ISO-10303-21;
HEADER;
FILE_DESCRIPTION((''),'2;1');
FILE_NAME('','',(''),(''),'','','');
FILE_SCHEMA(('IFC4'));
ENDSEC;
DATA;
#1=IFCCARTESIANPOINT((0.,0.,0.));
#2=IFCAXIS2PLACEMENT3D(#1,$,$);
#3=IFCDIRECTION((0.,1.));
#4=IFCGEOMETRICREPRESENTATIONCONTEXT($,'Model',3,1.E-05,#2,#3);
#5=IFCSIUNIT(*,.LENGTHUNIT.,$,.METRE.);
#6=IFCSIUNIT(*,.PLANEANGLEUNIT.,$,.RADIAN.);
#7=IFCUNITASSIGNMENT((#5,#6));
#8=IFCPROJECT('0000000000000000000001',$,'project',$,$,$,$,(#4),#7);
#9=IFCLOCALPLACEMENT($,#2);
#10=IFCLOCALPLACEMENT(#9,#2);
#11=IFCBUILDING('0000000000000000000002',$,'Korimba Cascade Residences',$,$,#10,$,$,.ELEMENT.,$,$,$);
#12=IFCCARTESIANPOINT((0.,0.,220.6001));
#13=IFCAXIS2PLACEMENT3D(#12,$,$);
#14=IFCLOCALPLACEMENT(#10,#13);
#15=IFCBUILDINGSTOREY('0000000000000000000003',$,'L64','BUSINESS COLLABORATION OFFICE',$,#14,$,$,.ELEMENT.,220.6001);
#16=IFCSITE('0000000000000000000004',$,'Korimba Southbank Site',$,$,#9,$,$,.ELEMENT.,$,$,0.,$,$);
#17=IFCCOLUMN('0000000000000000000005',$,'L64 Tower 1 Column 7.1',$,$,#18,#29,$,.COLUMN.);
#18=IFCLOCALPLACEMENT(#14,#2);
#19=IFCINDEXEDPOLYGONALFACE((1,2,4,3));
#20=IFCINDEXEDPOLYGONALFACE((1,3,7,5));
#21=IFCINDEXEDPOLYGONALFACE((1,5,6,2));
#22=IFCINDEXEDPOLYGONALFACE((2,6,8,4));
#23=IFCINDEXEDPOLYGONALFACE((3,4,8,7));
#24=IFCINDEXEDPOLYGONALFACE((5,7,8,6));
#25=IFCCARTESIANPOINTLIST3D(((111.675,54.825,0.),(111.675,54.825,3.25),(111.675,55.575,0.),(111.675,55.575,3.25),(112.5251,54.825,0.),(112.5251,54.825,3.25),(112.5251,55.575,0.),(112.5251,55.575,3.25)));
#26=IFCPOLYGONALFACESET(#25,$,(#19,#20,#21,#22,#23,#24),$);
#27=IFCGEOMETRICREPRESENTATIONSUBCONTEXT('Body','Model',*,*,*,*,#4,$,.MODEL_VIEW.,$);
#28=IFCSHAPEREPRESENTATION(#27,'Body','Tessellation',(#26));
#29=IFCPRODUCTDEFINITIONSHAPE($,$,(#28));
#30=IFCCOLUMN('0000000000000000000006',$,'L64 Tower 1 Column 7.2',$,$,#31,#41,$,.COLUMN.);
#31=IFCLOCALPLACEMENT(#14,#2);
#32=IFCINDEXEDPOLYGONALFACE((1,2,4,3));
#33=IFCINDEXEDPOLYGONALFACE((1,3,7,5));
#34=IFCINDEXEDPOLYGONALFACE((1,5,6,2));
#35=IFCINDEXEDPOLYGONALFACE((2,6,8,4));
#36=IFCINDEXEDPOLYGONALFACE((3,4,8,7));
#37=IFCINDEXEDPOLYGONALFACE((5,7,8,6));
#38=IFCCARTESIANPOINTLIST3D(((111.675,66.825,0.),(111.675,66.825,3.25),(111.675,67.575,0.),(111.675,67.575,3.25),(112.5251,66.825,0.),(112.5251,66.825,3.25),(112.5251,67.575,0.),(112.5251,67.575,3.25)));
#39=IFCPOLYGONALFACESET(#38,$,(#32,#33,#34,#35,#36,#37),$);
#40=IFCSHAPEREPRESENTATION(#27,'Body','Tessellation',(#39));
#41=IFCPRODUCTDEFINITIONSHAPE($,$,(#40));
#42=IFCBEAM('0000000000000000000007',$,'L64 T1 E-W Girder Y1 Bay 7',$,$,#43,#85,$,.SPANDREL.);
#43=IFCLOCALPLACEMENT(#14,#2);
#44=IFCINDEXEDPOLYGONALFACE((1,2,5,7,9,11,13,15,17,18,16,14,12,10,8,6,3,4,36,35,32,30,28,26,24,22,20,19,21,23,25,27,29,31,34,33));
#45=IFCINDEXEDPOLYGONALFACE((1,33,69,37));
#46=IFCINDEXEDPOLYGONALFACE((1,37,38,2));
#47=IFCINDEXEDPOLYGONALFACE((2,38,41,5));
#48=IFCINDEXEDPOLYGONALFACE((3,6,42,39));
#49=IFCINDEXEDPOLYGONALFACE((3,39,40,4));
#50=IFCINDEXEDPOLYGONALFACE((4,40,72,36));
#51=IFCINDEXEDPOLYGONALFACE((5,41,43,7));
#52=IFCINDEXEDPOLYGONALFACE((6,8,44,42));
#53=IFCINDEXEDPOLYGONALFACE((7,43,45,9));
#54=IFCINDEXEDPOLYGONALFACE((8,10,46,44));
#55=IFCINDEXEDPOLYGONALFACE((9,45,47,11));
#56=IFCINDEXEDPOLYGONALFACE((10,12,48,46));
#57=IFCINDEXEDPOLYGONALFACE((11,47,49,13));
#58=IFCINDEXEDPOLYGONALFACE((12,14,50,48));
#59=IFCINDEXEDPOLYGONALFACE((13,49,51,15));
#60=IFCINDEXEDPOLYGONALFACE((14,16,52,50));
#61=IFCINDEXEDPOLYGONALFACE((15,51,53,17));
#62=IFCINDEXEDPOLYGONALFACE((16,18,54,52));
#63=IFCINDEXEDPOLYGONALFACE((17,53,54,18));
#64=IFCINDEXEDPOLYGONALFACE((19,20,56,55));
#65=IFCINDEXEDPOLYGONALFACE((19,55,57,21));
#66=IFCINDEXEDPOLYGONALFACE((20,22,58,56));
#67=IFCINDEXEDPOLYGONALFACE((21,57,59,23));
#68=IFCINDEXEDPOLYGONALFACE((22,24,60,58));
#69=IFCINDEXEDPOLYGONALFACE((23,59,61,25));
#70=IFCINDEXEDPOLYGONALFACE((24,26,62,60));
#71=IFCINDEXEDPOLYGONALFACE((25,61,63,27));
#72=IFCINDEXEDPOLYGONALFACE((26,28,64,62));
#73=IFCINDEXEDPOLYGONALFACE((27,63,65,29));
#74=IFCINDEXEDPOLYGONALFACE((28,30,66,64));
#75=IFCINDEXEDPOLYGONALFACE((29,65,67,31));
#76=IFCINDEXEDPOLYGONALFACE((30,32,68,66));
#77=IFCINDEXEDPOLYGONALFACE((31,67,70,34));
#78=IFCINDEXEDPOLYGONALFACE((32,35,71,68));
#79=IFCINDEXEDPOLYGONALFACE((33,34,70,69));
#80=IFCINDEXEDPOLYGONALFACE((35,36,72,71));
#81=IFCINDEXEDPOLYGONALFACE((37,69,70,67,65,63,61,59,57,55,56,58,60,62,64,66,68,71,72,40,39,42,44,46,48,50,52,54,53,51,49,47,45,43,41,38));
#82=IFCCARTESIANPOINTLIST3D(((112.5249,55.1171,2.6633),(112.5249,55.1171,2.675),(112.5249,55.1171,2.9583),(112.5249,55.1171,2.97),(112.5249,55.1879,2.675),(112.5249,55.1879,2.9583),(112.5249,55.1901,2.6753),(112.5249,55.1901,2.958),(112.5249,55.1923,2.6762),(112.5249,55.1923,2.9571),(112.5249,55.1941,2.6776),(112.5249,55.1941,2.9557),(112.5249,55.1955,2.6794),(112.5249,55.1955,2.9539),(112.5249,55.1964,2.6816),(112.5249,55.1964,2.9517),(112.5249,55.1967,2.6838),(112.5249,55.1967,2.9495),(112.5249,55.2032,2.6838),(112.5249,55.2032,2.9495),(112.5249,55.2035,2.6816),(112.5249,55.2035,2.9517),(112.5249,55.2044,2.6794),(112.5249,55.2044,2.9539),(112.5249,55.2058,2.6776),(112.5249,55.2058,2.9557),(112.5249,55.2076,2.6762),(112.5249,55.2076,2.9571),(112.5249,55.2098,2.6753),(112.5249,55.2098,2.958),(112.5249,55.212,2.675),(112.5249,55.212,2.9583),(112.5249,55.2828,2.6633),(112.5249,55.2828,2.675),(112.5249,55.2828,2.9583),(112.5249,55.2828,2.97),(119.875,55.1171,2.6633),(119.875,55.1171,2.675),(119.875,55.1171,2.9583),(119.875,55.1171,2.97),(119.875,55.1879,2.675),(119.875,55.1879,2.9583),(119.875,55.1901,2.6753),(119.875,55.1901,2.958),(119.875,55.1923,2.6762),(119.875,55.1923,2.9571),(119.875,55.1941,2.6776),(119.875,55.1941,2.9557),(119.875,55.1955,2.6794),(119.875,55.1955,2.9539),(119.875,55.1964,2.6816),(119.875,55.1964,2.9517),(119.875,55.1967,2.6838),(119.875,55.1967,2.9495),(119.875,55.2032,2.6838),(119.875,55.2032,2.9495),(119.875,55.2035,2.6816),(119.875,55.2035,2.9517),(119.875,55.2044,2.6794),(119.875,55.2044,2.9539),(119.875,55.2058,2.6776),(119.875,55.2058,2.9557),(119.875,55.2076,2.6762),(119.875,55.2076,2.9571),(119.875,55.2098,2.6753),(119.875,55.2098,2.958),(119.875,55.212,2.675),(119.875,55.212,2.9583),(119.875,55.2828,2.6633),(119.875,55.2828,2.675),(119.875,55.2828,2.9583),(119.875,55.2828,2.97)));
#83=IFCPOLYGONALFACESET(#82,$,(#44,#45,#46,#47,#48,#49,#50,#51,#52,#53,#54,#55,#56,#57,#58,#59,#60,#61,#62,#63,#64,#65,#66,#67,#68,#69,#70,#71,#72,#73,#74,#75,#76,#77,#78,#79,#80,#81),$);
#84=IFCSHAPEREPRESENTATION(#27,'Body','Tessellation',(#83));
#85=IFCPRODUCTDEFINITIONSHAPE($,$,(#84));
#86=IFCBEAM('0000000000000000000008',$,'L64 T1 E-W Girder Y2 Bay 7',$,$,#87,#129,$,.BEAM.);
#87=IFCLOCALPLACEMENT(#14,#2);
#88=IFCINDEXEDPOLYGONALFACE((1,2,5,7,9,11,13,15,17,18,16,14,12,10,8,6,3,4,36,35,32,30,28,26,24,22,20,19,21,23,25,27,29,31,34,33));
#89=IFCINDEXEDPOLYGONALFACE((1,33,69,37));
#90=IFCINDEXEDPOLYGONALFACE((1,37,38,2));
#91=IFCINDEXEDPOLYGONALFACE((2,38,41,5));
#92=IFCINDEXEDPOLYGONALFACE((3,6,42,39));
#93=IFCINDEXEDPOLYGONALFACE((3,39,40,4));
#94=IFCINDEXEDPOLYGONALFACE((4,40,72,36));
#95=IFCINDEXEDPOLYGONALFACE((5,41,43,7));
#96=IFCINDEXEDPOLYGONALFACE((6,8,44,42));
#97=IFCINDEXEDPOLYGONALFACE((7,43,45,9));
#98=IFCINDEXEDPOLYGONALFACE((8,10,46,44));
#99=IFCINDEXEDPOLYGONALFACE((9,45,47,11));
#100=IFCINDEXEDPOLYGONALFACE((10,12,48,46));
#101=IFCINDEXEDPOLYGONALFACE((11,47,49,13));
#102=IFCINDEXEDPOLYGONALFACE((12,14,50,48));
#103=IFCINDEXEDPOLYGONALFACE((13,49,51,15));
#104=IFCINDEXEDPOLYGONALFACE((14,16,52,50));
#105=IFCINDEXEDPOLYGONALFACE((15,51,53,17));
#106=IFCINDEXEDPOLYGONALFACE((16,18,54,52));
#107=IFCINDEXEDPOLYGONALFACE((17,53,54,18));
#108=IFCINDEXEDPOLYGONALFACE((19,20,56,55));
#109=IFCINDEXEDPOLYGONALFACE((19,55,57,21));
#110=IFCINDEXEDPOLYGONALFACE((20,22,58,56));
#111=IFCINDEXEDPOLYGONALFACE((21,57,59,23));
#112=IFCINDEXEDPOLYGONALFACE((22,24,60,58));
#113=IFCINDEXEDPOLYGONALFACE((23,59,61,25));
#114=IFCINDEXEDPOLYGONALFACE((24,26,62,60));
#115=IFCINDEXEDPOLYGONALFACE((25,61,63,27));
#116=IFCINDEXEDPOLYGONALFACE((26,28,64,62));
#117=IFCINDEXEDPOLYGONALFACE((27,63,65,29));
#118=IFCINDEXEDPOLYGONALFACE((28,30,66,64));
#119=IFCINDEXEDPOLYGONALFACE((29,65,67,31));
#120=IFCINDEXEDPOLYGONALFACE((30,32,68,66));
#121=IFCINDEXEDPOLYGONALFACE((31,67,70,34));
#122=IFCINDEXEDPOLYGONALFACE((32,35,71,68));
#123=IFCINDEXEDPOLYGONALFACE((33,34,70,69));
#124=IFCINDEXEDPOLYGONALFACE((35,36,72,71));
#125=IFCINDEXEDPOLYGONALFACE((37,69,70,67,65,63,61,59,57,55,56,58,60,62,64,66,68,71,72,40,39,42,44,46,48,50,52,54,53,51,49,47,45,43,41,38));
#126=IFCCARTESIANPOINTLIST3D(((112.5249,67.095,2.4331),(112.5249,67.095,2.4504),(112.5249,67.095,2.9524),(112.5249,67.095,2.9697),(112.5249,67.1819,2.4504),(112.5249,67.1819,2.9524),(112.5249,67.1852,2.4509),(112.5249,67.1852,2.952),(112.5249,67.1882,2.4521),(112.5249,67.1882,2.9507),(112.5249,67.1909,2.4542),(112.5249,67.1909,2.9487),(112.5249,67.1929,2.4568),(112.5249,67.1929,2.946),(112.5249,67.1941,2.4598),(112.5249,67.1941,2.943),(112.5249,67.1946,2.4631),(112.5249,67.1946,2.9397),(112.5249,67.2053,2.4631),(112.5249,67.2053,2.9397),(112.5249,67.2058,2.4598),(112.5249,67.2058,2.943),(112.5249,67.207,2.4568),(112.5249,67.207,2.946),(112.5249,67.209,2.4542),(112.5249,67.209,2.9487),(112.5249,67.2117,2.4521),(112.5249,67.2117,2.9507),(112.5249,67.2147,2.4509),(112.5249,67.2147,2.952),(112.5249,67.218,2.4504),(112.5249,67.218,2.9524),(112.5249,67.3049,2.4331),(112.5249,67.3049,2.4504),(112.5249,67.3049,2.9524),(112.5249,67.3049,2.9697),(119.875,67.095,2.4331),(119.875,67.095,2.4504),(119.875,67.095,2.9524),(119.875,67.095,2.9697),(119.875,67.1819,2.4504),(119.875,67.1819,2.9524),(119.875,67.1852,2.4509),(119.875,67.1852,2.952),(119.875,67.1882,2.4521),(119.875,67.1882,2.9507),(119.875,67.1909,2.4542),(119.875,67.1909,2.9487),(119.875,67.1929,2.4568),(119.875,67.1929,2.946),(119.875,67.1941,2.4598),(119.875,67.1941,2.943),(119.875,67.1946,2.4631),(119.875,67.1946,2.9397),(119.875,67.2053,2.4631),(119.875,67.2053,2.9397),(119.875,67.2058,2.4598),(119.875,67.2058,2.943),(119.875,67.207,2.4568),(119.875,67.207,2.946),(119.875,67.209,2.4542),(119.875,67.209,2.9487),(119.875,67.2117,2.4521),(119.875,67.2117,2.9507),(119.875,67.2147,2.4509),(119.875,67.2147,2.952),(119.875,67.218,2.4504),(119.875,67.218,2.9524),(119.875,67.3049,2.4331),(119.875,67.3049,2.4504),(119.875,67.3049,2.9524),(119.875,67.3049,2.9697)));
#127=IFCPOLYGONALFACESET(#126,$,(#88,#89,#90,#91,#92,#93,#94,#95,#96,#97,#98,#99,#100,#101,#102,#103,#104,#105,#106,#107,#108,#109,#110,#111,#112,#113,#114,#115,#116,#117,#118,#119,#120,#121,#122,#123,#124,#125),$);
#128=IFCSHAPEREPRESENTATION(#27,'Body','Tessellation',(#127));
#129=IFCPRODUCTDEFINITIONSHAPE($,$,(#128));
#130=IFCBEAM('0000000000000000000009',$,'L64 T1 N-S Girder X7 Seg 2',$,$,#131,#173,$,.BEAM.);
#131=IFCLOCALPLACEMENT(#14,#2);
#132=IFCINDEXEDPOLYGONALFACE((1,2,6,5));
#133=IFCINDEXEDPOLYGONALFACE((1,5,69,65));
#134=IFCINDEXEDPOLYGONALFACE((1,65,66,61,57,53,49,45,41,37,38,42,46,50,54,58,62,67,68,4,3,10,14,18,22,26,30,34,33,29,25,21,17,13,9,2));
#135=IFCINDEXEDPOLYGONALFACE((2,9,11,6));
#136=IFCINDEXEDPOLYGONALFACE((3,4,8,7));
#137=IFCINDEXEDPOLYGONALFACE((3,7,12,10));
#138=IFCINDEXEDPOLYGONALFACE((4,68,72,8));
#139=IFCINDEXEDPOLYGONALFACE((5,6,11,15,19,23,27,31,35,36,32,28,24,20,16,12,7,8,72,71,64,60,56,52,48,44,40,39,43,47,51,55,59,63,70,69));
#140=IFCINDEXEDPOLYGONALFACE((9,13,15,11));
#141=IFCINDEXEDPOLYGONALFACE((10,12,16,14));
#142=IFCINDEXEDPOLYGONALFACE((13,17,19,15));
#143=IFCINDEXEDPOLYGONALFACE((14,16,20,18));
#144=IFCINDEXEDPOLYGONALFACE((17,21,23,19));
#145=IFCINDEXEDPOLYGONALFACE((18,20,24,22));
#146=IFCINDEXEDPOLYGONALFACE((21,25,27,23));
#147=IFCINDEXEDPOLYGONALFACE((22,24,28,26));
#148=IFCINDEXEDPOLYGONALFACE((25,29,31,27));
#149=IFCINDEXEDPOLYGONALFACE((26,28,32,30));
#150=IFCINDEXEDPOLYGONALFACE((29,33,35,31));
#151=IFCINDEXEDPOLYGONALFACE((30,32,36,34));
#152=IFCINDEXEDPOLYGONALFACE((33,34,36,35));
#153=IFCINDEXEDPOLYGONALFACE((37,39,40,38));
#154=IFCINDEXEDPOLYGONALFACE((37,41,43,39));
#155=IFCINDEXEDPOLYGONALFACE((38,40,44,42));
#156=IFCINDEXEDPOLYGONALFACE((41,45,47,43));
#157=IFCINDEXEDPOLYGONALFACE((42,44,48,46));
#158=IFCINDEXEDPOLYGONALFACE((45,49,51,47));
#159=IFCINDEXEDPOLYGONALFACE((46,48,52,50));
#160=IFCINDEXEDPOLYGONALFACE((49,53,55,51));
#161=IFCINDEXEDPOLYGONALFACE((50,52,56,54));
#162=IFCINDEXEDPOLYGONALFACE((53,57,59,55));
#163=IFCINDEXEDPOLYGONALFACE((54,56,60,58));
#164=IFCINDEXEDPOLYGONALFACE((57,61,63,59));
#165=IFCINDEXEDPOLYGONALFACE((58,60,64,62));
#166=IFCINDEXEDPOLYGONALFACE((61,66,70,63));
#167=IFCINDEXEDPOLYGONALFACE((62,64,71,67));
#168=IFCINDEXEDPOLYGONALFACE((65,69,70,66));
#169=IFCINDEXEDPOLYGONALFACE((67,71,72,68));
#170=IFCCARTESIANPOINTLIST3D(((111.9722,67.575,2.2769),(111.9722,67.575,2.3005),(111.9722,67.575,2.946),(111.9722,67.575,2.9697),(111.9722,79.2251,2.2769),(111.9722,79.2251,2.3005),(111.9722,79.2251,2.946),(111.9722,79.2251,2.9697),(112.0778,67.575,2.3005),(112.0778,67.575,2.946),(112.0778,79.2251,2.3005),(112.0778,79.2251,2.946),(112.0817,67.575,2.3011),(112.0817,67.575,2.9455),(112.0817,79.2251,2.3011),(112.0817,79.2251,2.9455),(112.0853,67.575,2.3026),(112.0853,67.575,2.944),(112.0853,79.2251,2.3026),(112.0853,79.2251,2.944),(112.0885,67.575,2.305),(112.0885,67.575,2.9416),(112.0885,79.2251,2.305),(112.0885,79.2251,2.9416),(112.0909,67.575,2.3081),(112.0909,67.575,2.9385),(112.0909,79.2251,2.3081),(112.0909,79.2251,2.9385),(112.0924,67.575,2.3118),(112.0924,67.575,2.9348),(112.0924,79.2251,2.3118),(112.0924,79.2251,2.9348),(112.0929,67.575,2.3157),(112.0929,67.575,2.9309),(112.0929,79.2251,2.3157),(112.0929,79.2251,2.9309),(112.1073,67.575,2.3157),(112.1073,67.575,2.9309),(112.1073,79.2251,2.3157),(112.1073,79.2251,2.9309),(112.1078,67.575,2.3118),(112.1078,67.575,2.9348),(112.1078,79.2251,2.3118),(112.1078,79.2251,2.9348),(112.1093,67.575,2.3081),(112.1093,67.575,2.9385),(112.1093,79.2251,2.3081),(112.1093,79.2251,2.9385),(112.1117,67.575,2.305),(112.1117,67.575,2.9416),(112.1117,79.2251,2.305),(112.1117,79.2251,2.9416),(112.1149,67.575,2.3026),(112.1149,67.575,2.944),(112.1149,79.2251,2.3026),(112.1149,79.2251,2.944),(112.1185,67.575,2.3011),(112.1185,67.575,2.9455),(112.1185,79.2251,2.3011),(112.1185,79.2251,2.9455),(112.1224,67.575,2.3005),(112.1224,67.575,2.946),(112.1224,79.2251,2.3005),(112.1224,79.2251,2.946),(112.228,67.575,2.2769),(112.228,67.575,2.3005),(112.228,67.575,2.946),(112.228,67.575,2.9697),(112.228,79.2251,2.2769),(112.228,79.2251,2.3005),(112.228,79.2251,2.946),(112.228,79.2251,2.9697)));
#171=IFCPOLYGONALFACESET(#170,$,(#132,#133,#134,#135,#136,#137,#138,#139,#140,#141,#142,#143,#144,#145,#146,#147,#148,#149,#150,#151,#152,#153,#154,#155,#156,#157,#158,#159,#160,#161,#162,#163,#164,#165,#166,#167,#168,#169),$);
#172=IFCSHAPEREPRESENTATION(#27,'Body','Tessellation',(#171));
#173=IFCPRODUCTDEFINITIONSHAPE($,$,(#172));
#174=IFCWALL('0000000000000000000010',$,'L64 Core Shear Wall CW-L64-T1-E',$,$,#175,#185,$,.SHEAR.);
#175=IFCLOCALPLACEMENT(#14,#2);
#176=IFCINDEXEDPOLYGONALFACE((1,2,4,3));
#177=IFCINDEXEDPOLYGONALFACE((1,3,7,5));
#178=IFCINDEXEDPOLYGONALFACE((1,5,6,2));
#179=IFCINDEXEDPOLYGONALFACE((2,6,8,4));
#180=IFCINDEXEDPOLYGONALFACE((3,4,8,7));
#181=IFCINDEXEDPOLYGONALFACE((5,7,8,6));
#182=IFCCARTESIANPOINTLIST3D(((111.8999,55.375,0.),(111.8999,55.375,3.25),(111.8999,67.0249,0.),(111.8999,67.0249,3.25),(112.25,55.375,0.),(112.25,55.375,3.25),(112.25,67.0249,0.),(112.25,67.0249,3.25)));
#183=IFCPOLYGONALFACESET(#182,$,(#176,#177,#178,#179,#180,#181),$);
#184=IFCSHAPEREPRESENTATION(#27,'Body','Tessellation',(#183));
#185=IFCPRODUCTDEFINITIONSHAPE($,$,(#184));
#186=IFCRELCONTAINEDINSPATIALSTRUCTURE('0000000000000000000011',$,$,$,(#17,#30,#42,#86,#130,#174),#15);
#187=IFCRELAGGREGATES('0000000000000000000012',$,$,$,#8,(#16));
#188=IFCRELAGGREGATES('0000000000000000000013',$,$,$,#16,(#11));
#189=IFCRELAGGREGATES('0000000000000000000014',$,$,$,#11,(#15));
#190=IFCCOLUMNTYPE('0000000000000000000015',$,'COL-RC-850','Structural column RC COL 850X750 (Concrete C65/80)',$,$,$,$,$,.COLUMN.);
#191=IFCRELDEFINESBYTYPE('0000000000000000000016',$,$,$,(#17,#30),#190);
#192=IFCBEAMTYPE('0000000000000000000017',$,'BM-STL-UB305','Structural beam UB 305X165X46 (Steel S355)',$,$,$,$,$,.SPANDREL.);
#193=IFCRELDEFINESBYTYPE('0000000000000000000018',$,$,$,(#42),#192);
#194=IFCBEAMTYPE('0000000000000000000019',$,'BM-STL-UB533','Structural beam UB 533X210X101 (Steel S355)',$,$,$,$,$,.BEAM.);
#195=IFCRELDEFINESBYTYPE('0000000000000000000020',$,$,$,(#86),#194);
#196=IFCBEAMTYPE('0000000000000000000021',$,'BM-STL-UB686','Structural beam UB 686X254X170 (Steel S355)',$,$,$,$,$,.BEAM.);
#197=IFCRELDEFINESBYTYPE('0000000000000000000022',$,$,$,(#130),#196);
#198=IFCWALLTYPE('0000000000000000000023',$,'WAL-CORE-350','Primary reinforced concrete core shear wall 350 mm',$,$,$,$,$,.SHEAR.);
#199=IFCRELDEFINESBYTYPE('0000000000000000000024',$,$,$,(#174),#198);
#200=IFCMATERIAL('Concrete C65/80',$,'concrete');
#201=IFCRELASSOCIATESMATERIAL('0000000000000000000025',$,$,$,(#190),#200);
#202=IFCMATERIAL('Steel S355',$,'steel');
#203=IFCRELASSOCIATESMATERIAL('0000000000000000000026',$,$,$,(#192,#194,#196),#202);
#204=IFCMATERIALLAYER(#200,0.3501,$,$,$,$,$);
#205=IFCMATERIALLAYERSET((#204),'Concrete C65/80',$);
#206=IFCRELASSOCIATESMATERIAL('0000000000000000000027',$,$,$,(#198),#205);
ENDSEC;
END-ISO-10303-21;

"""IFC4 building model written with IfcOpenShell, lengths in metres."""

from ifc_helpers import new_model, si_unit, direction, frame, frame_2d, origin, origin_2d, place, context, subcontext, project, spatial, rectangle, i_section, extrude, material, layer, layer_set, material_profile, profile_set, type_object, element, save


model = new_model("IFC4")

# Units and contexts
model_context = context("Model", 3, precision=1e-05, world=origin(), true_north=direction((0.0, 1.0)))
body_context = subcontext(model_context, "Body", "Model", "MODEL_VIEW")
ifc_project = project(units=[si_unit("LENGTHUNIT", "METRE"), si_unit("PLANEANGLEUNIT", "RADIAN")], contexts=[model_context])

# Site, building, storey
site_placement = place(None, origin())
site = spatial("IfcSite", under=ifc_project, at=site_placement, Name="Korimba Southbank Site", CompositionType="ELEMENT", RefElevation=0.0)
building_placement = place(site_placement, origin())
building = spatial("IfcBuilding", under=site, at=building_placement, Name="Korimba Cascade Residences", CompositionType="ELEMENT")
storey_placement = place(building_placement, frame((0.0, 0.0, 220.6001)))
storey = spatial("IfcBuildingStorey", under=building, at=storey_placement, Name="L64", Description="BUSINESS COLLABORATION OFFICE", CompositionType="ELEMENT", Elevation=220.6001)

# Columns
ifc_material_1 = material(Name="Concrete C65/80", Category="concrete")
ifc_material_profile_1 = material_profile(ifc_material_1, rectangle(XDim=0.8501, YDim=0.75, at=origin_2d()), Name="Concrete C65/80")
ifc_profile_set_1 = profile_set([ifc_material_profile_1], Name="Concrete C65/80")
column_type = type_object("IfcColumnType", Name="COL-RC-850", Description="Structural column RC COL 850X750 (Concrete C65/80)", PredefinedType="COLUMN", material=ifc_profile_set_1)
for number, where, z_axis, x_axis, name in (
    (1, (112.1001, 55.2, 0.0), (0.0, 0.0, 1.0), (1.0, 0.0, 0.0), "L64 Tower 1 Column 7.1"),
    (2, (112.1001, 67.2, 0.0), (0.0, 0.0, 1.0), (1.0, 0.0, 0.0), "L64 Tower 1 Column 7.2"),
):
    element("IfcColumn", number, at=place(storey_placement, frame(where, z_axis=z_axis, x_axis=x_axis)), inside=storey, type_object=column_type, Name=name, PredefinedType="COLUMN", context=body_context, shape_type="SweptSolid", body=[
        extrude(rectangle(XDim=0.8501, YDim=0.75, at=origin_2d()), origin(), (0.0, 0.0, 1.0), 3.25),
    ])

# Beams
ifc_material_2 = material(Name="Steel S355", Category="steel")
ifc_material_profile_2 = material_profile(ifc_material_2, i_section(OverallWidth=0.1658, OverallDepth=0.3066, WebThickness=0.0066, FlangeThickness=0.0117, FilletRadius=0.0088, at=origin_2d()), Name="Steel S355")
ifc_profile_set_2 = profile_set([ifc_material_profile_2], Name="Steel S355")
beam_type_1 = type_object("IfcBeamType", Name="BM-STL-UB305", Description="Structural beam UB 305X165X46 (Steel S355)", PredefinedType="SPANDREL", material=ifc_profile_set_2)
beam_1_placement = place(storey_placement, frame((112.5249, 55.2, 2.8167), z_axis=(1.0, 0.0, 0.0), x_axis=(0.0, 1.0, 0.0)))
element("IfcBeam", 3, at=beam_1_placement, inside=storey, type_object=beam_type_1, Name="L64 T1 E-W Girder Y1 Bay 7", PredefinedType="SPANDREL", context=body_context, shape_type="SweptSolid", body=[
    extrude(i_section(OverallWidth=0.1658, OverallDepth=0.3066, WebThickness=0.0066, FlangeThickness=0.0117, FilletRadius=0.0088, at=origin_2d()), origin(), (0.0, 0.0, 1.0), 7.3501),
])
ifc_material_profile_3 = material_profile(ifc_material_2, i_section(OverallWidth=0.21, OverallDepth=0.5366, WebThickness=0.0107, FlangeThickness=0.0173, FilletRadius=0.0127, at=origin_2d()), Name="Steel S355")
ifc_profile_set_3 = profile_set([ifc_material_profile_3], Name="Steel S355")
beam_type_2 = type_object("IfcBeamType", Name="BM-STL-UB533", Description="Structural beam UB 533X210X101 (Steel S355)", PredefinedType="BEAM", material=ifc_profile_set_3)
beam_2_placement = place(storey_placement, frame((112.5249, 67.2, 2.7014), z_axis=(1.0, 0.0, 0.0), x_axis=(0.0, 1.0, 0.0)))
element("IfcBeam", 4, at=beam_2_placement, inside=storey, type_object=beam_type_2, Name="L64 T1 E-W Girder Y2 Bay 7", PredefinedType="BEAM", context=body_context, shape_type="SweptSolid", body=[
    extrude(i_section(OverallWidth=0.21, OverallDepth=0.5366, WebThickness=0.0107, FlangeThickness=0.0173, FilletRadius=0.0127, at=origin_2d()), origin(), (0.0, 0.0, 1.0), 7.3501),
])
ifc_material_profile_4 = material_profile(ifc_material_2, i_section(OverallWidth=0.2559, OverallDepth=0.6929, WebThickness=0.0144, FlangeThickness=0.0237, FilletRadius=0.0151, at=origin_2d()), Name="Steel S355")
ifc_profile_set_4 = profile_set([ifc_material_profile_4], Name="Steel S355")
beam_type_3 = type_object("IfcBeamType", Name="BM-STL-UB686", Description="Structural beam UB 686X254X170 (Steel S355)", PredefinedType="BEAM", material=ifc_profile_set_4)
beam_3_placement = place(storey_placement, frame((112.1001, 67.575, 2.6233), z_axis=(0.0, 1.0, 0.0), x_axis=(-1.0, 0.0, 0.0)))
element("IfcBeam", 5, at=beam_3_placement, inside=storey, type_object=beam_type_3, Name="L64 T1 N-S Girder X7 Seg 2", PredefinedType="BEAM", context=body_context, shape_type="SweptSolid", body=[
    extrude(i_section(OverallWidth=0.2559, OverallDepth=0.6929, WebThickness=0.0144, FlangeThickness=0.0237, FilletRadius=0.0151, at=origin_2d()), origin(), (0.0, 0.0, 1.0), 11.6501),
])

# Wall
ifc_layer_1 = layer(ifc_material_1, 0.3501)
ifc_layer_set_1 = layer_set([ifc_layer_1], Name="Concrete C65/80")
wall_type_1 = type_object("IfcWallType", Name="WAL-CORE-350", Description="Primary reinforced concrete core shear wall 350 mm", PredefinedType="SHEAR", material=ifc_layer_set_1)
wall_1_placement = place(storey_placement, frame((112.075, 55.375, 0.0), z_axis=(0.0, 0.0, 1.0), x_axis=(0.0, 1.0, 0.0)))
element("IfcWall", 6, at=wall_1_placement, inside=storey, type_object=wall_type_1, Name="L64 Core Shear Wall CW-L64-T1-E", PredefinedType="SHEAR", context=body_context, shape_type="SweptSolid", body=[
    extrude(rectangle(XDim=11.6499, YDim=0.3501, at=frame_2d((5.825, 0.0))), origin(), (0.0, 0.0, 1.0), 3.25),
])

save(model, "model.ifc")
